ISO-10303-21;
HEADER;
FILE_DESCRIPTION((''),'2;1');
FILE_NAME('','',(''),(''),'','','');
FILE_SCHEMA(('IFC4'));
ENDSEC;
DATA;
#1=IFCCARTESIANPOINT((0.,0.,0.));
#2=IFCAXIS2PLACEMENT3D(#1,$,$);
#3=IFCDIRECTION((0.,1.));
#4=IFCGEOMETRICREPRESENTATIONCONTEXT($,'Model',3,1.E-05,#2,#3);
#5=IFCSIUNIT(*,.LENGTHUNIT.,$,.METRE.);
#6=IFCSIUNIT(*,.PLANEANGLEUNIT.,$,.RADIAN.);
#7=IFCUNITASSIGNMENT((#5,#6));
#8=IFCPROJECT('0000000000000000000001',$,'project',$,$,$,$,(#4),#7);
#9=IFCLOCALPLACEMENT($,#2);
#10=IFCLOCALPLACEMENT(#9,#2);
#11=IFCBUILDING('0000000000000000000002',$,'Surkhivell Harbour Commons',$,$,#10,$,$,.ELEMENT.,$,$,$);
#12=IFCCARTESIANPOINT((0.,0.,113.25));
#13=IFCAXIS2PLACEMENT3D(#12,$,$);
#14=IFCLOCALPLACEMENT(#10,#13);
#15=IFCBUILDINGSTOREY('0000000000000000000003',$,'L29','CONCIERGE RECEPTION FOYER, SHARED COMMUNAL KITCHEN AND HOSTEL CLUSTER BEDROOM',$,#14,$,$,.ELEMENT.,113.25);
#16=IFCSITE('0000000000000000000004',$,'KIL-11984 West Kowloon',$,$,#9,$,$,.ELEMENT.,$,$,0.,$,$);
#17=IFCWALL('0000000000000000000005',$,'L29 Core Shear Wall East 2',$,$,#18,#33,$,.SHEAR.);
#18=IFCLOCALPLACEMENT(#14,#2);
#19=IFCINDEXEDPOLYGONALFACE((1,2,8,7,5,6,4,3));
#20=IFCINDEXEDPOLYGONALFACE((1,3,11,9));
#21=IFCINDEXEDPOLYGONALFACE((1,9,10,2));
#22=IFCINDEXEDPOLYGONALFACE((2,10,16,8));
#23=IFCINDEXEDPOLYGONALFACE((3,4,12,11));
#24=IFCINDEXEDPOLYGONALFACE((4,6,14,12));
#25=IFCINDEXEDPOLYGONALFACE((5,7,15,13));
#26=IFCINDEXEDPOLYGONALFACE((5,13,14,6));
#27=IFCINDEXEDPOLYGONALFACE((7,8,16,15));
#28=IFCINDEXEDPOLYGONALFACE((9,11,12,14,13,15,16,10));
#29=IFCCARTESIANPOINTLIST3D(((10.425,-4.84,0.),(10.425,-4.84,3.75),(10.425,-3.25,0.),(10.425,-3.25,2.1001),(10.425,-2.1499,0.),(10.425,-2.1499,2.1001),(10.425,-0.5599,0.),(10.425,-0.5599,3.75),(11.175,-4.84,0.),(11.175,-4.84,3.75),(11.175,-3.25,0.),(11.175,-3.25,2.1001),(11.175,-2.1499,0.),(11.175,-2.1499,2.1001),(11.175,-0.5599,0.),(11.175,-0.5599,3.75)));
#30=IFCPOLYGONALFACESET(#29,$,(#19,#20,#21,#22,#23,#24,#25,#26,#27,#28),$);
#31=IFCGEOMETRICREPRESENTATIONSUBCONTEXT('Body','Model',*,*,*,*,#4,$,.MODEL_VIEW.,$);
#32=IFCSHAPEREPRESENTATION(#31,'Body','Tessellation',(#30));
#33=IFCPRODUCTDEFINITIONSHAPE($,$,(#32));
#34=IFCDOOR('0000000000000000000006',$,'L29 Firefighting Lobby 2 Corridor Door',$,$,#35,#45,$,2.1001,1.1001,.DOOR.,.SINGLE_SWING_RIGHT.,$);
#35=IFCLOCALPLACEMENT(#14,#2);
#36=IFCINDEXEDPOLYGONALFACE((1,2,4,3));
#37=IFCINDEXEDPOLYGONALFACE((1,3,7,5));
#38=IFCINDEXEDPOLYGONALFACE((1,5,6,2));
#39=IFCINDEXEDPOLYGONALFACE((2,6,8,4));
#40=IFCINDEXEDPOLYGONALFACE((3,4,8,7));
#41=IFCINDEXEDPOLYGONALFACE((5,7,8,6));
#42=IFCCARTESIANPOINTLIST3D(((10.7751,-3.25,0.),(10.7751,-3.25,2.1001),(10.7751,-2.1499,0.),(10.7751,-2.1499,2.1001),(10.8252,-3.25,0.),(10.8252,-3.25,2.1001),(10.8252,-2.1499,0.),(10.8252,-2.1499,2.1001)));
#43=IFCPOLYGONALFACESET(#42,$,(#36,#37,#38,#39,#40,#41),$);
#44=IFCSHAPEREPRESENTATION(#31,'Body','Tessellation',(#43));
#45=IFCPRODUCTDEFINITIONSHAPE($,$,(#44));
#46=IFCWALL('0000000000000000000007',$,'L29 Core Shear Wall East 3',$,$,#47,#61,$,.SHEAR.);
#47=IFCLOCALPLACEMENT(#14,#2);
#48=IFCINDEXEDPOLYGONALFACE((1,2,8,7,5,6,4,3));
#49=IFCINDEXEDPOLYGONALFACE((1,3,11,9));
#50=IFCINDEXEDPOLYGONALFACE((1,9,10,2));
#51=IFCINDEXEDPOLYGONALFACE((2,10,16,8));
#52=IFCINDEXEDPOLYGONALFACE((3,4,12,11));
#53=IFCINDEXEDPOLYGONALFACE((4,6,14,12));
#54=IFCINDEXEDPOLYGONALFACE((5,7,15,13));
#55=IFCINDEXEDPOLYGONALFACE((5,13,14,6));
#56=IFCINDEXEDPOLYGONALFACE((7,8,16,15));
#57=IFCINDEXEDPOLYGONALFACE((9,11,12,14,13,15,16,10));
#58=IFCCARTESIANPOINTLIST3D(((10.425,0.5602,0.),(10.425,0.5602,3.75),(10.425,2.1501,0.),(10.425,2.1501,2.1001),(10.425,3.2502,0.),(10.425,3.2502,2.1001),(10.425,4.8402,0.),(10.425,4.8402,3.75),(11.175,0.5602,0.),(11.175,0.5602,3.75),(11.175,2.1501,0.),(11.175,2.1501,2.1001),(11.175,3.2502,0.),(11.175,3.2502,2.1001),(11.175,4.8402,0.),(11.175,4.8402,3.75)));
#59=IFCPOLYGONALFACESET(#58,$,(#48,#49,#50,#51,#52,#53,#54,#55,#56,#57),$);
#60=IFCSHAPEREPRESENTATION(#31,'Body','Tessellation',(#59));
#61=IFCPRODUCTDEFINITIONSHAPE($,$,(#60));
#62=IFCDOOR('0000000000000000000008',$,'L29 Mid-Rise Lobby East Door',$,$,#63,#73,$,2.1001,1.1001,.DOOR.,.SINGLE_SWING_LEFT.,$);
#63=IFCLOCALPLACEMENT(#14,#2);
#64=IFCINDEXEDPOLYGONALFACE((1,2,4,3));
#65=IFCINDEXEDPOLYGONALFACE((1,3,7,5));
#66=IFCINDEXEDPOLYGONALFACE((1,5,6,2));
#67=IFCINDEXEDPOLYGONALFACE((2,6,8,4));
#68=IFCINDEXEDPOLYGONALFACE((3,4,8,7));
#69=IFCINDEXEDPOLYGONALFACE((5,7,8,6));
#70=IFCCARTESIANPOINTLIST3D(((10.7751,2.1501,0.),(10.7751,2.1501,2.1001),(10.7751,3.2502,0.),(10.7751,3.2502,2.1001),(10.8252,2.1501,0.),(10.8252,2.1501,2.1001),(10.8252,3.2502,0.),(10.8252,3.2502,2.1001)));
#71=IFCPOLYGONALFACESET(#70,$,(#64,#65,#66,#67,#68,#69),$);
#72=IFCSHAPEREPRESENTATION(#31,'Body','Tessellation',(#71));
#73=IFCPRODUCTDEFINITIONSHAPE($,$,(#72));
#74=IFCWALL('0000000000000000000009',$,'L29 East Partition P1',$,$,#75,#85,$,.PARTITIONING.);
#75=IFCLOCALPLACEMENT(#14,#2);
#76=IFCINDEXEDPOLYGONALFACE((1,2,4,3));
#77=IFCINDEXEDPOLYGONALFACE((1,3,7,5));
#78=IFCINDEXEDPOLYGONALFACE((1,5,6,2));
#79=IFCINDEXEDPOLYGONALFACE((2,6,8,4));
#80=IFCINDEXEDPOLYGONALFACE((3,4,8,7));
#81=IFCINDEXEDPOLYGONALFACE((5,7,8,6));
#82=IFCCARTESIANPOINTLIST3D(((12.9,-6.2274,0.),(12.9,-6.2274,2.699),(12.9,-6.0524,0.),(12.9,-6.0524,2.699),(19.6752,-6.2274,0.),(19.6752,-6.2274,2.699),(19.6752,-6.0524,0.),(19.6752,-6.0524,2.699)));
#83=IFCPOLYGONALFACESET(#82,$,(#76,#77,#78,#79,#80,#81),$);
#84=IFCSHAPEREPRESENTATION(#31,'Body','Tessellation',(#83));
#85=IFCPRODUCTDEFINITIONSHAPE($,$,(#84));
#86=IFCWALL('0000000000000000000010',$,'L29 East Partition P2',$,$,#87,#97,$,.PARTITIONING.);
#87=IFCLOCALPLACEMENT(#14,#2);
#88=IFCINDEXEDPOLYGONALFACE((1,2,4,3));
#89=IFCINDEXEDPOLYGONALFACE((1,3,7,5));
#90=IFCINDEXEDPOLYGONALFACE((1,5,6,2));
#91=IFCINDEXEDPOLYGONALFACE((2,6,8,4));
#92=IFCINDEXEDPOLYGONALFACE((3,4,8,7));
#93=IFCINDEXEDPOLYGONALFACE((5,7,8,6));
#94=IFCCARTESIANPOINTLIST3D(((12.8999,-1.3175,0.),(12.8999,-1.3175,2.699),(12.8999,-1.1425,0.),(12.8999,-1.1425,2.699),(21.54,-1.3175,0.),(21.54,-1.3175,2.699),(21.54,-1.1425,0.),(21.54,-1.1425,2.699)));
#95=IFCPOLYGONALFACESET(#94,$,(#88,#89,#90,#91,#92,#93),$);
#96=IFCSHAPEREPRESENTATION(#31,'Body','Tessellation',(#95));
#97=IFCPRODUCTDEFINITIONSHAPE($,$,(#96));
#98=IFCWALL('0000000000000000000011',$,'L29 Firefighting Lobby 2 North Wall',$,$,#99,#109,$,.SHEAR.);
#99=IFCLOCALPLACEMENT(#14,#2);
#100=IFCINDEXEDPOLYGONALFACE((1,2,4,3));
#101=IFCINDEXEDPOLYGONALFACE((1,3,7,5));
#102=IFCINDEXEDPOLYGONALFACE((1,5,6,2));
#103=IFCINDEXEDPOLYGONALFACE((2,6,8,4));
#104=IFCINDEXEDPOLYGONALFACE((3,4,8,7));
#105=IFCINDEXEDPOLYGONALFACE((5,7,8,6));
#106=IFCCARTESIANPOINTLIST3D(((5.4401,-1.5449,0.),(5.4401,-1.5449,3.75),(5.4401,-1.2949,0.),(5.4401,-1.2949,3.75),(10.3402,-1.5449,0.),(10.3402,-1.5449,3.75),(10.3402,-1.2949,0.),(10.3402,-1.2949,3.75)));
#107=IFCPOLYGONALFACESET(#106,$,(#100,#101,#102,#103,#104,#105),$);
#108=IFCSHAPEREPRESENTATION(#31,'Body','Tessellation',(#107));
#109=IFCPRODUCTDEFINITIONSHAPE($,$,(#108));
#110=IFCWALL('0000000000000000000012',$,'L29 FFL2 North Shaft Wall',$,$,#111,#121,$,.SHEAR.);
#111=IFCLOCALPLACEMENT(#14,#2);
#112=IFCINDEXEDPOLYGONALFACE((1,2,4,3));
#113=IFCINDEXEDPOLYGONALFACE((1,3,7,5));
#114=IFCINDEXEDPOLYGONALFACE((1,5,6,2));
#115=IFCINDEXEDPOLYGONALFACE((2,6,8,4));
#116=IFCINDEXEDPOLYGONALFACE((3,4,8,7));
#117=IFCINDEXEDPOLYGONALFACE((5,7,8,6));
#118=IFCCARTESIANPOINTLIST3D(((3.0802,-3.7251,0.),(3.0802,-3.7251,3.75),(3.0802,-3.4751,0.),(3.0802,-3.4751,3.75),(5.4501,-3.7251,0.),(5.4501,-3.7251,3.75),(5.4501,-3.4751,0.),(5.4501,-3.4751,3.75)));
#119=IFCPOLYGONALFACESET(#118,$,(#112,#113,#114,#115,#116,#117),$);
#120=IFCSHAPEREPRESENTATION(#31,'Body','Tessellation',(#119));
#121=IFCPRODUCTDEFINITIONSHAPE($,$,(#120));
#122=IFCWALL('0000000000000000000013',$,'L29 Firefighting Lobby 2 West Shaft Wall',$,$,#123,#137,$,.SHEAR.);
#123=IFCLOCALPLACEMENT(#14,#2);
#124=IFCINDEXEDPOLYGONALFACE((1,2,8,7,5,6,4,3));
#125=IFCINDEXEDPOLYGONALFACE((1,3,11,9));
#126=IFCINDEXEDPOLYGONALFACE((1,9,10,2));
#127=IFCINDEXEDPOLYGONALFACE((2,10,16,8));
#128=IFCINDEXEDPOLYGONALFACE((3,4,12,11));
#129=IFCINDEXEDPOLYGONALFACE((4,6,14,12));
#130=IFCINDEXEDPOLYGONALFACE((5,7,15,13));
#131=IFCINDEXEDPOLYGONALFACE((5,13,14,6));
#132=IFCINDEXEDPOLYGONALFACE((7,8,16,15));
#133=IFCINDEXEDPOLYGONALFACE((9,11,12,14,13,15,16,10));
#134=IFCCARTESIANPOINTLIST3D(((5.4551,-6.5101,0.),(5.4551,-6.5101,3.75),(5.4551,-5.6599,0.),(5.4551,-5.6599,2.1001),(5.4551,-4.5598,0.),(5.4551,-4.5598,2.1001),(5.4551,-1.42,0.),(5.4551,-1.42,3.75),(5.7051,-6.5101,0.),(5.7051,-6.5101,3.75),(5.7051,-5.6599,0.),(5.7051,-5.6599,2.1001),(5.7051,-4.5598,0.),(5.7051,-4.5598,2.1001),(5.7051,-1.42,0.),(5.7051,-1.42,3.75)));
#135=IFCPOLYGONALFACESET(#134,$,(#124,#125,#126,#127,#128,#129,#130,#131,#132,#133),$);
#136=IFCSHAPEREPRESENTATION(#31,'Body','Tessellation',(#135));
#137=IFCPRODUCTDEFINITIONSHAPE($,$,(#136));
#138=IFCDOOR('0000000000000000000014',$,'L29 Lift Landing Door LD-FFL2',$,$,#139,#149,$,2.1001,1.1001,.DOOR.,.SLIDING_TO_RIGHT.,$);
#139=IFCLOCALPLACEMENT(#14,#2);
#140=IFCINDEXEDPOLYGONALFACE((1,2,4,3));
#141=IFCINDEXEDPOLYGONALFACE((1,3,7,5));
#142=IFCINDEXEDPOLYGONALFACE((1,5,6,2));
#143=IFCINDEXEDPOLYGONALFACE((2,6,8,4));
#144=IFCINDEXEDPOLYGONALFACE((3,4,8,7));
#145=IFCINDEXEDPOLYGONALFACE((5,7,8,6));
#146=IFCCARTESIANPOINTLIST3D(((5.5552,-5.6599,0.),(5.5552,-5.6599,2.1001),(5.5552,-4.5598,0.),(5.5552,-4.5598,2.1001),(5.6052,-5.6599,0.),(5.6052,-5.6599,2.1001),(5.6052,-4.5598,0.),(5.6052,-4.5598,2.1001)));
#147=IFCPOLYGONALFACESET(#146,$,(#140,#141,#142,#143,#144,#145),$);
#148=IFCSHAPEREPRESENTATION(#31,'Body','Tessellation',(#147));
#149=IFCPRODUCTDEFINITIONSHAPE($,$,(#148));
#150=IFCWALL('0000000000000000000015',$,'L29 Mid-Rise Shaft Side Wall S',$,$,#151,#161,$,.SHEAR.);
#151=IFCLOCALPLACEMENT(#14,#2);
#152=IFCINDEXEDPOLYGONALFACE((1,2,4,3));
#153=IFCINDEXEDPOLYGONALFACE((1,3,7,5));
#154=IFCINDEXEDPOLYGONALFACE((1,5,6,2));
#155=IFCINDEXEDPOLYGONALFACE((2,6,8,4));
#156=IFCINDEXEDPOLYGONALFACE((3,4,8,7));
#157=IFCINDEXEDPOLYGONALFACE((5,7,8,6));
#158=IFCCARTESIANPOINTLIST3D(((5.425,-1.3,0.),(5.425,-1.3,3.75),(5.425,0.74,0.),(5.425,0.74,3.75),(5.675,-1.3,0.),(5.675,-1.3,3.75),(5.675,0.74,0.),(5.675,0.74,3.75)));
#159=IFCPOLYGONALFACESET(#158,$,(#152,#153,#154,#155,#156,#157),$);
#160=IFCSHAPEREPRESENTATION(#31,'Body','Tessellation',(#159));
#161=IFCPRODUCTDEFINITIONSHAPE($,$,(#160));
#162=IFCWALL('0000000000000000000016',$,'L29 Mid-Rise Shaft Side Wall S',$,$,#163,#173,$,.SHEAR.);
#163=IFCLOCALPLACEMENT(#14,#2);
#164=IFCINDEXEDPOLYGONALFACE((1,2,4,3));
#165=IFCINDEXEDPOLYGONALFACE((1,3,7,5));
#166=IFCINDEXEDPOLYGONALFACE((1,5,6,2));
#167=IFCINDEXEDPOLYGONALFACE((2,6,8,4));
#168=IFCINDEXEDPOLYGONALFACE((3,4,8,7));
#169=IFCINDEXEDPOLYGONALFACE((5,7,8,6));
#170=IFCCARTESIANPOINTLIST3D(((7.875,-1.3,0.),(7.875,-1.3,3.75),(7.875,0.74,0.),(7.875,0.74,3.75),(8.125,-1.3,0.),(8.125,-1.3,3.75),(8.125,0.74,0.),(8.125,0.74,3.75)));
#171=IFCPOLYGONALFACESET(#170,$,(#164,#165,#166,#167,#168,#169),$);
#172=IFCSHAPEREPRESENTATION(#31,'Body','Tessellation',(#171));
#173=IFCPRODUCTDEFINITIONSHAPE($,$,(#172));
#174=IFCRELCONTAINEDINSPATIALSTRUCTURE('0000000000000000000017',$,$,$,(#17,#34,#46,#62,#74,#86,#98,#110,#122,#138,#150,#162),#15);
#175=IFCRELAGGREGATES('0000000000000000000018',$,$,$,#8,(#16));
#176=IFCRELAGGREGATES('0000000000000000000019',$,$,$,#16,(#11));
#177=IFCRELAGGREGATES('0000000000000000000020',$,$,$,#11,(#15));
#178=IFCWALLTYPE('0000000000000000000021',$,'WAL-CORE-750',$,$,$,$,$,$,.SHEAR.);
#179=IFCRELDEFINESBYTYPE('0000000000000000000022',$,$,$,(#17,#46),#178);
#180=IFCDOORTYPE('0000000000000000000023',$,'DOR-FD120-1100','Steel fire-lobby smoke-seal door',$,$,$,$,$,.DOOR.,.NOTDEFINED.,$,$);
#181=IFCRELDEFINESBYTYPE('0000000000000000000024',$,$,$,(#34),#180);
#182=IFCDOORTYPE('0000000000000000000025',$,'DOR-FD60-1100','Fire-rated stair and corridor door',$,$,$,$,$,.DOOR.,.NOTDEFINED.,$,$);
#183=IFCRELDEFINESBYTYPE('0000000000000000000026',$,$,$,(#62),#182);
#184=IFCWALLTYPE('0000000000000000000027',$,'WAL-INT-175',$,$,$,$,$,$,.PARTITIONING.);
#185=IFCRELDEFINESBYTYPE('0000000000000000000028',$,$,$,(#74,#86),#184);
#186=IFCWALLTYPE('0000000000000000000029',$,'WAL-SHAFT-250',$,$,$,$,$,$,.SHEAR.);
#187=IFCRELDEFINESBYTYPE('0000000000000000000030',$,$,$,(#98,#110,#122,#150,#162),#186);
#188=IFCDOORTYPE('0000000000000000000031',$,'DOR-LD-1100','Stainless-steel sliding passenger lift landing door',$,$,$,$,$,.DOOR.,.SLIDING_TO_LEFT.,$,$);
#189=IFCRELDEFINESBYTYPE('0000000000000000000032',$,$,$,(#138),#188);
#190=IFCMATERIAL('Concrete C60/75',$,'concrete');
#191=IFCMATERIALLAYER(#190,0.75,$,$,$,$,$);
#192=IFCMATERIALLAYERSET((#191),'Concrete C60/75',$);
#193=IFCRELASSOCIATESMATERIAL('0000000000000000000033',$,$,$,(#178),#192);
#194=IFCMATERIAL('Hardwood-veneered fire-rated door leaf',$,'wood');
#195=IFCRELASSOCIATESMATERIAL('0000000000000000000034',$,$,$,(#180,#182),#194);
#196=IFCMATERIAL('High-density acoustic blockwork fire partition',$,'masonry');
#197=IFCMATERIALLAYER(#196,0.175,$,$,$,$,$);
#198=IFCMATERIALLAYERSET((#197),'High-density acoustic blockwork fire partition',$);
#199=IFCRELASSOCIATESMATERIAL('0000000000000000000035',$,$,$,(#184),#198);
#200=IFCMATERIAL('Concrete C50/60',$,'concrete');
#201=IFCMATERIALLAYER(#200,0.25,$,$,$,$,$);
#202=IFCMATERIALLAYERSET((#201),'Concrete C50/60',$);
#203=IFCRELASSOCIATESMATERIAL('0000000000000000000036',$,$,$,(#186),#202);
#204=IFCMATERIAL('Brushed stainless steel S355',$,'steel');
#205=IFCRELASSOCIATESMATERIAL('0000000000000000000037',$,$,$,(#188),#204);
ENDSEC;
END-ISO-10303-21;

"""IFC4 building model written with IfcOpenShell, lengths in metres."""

from ifc_helpers import new_model, si_unit, direction, frame, frame_2d, origin, place, context, subcontext, project, spatial, rectangle, extrude, material, layer, layer_set, type_object, element, fill, save


model = new_model("IFC4")

# Units and contexts
model_context = context("Model", 3, precision=1e-05, world=origin(), true_north=direction((0.0, 1.0)))
body_context = subcontext(model_context, "Body", "Model", "MODEL_VIEW")
ifc_project = project(units=[si_unit("LENGTHUNIT", "METRE"), si_unit("PLANEANGLEUNIT", "RADIAN")], contexts=[model_context])

# Site, building, storey
site_placement = place(None, origin())
site = spatial("IfcSite", under=ifc_project, at=site_placement, Name="KIL-11984 West Kowloon", CompositionType="ELEMENT", RefElevation=0.0)
building_placement = place(site_placement, origin())
building = spatial("IfcBuilding", under=site, at=building_placement, Name="Surkhivell Harbour Commons", CompositionType="ELEMENT")
storey_placement = place(building_placement, frame((0.0, 0.0, 113.25)))
storey = spatial("IfcBuildingStorey", under=building, at=storey_placement, Name="L29", Description="CONCIERGE RECEPTION FOYER, SHARED COMMUNAL KITCHEN AND HOSTEL CLUSTER BEDROOM", CompositionType="ELEMENT", Elevation=113.25)

# Shared definitions
ifc_material_1 = material(Name="Concrete C60/75", Category="concrete")

# Walls, openings, doors
ifc_layer_1 = layer(ifc_material_1, 0.75)
ifc_layer_set_1 = layer_set([ifc_layer_1], Name="Concrete C60/75")
wall_type_1 = type_object("IfcWallType", Name="WAL-CORE-750", PredefinedType="SHEAR", material=ifc_layer_set_1)
wall_1_placement = place(storey_placement, frame((10.8, -4.8401, 0.0), z_axis=(0.0, 0.0, 1.0), x_axis=(0.0, 1.0, 0.0)))
wall_1 = element("IfcWall", 1, at=wall_1_placement, inside=storey, type_object=wall_type_1, Name="L29 Core Shear Wall East 2", PredefinedType="SHEAR", context=body_context, shape_type="SweptSolid", body=[
    extrude(rectangle(XDim=4.28, YDim=0.75, at=frame_2d((2.1401, 0.0))), origin(), (0.0, 0.0, 1.0), 3.75),
])
opening_1_placement = place(wall_1_placement, frame((1.5901, 0.0, 0.0)))
opening_1 = element("IfcOpeningElement", 2, at=opening_1_placement, cuts=wall_1, PredefinedType="OPENING", context=body_context, shape_type="SweptSolid", body=[
    extrude(rectangle(XDim=1.1001, YDim=2.1001, at=frame_2d((0.55, 1.05))), frame((0.0, 0.385, 0.0), z_axis=(0.0, -1.0, 0.0), x_axis=(1.0, 0.0, 0.0)), (0.0, 0.0, 1.0), 0.77),
])
ifc_material_2 = material(Name="Hardwood-veneered fire-rated door leaf", Category="wood")
door_type_1 = type_object("IfcDoorType", Name="DOR-FD120-1100", Description="Steel fire-lobby smoke-seal door", OperationType="NOTDEFINED", PredefinedType="DOOR", material=ifc_material_2)
door_1_placement = place(opening_1_placement, origin())
door_1 = element("IfcDoor", 3, at=door_1_placement, inside=storey, type_object=door_type_1, Name="L29 Firefighting Lobby 2 Corridor Door", OperationType="SINGLE_SWING_RIGHT", OverallHeight=2.1001, OverallWidth=1.1001, PredefinedType="DOOR", context=body_context, shape_type="SweptSolid", body=[
    extrude(rectangle(XDim=1.1001, YDim=2.1001, at=frame_2d((0.55, 1.05))), frame((0.0, 0.0249, 0.0), z_axis=(0.0, -1.0, 0.0), x_axis=(1.0, 0.0, 0.0)), (0.0, 0.0, 1.0), 0.05),
])
fill(opening_1, door_1)
wall_2_placement = place(storey_placement, frame((10.8, 0.5601, 0.0), z_axis=(0.0, 0.0, 1.0), x_axis=(0.0, 1.0, 0.0)))
wall_2 = element("IfcWall", 4, at=wall_2_placement, inside=storey, type_object=wall_type_1, Name="L29 Core Shear Wall East 3", PredefinedType="SHEAR", context=body_context, shape_type="SweptSolid", body=[
    extrude(rectangle(XDim=4.28, YDim=0.75, at=frame_2d((2.1401, 0.0))), origin(), (0.0, 0.0, 1.0), 3.75),
])
opening_2_placement = place(wall_2_placement, frame((1.5901, 0.0, 0.0)))
opening_2 = element("IfcOpeningElement", 5, at=opening_2_placement, cuts=wall_2, PredefinedType="OPENING", context=body_context, shape_type="SweptSolid", body=[
    extrude(rectangle(XDim=1.1001, YDim=2.1001, at=frame_2d((0.55, 1.05))), frame((0.0, 0.385, 0.0), z_axis=(0.0, -1.0, 0.0), x_axis=(1.0, 0.0, 0.0)), (0.0, 0.0, 1.0), 0.77),
])
door_type_2 = type_object("IfcDoorType", Name="DOR-FD60-1100", Description="Fire-rated stair and corridor door", OperationType="NOTDEFINED", PredefinedType="DOOR", material=ifc_material_2)
door_2_placement = place(opening_2_placement, origin())
door_2 = element("IfcDoor", 6, at=door_2_placement, inside=storey, type_object=door_type_2, Name="L29 Mid-Rise Lobby East Door", OperationType="SINGLE_SWING_LEFT", OverallHeight=2.1001, OverallWidth=1.1001, PredefinedType="DOOR", context=body_context, shape_type="SweptSolid", body=[
    extrude(rectangle(XDim=1.1001, YDim=2.1001, at=frame_2d((0.55, 1.05))), frame((0.0, 0.0249, 0.0), z_axis=(0.0, -1.0, 0.0), x_axis=(1.0, 0.0, 0.0)), (0.0, 0.0, 1.0), 0.05),
])
fill(opening_2, door_2)

# Walls
ifc_material_3 = material(Name="High-density acoustic blockwork fire partition", Category="masonry")
ifc_layer_2 = layer(ifc_material_3, 0.175)
ifc_layer_set_2 = layer_set([ifc_layer_2], Name="High-density acoustic blockwork fire partition")
wall_type_2 = type_object("IfcWallType", Name="WAL-INT-175", PredefinedType="PARTITIONING", material=ifc_layer_set_2)
wall_3_placement = place(storey_placement, frame((12.8999, -6.1399, 0.0), z_axis=(0.0, 0.0, 1.0), x_axis=(1.0, 0.0, 0.0)))
element("IfcWall", 7, at=wall_3_placement, inside=storey, type_object=wall_type_2, Name="L29 East Partition P1", PredefinedType="PARTITIONING", context=body_context, shape_type="SweptSolid", body=[
    extrude(rectangle(XDim=6.7751, YDim=0.175, at=frame_2d((3.3877, 0.0))), origin(), (0.0, 0.0, 1.0), 2.699),
])
wall_4_placement = place(storey_placement, frame((12.8999, -1.23, 0.0), z_axis=(0.0, 0.0, 1.0), x_axis=(1.0, 0.0, 0.0)))
element("IfcWall", 8, at=wall_4_placement, inside=storey, type_object=wall_type_2, Name="L29 East Partition P2", PredefinedType="PARTITIONING", context=body_context, shape_type="SweptSolid", body=[
    extrude(rectangle(XDim=8.6401, YDim=0.175, at=frame_2d((4.3201, 0.0))), origin(), (0.0, 0.0, 1.0), 2.699),
])
ifc_material_4 = material(Name="Concrete C50/60", Category="concrete")
ifc_layer_3 = layer(ifc_material_4, 0.25)
ifc_layer_set_3 = layer_set([ifc_layer_3], Name="Concrete C50/60")
wall_type_3 = type_object("IfcWallType", Name="WAL-SHAFT-250", PredefinedType="SHEAR", material=ifc_layer_set_3)
wall_5_placement = place(storey_placement, frame((5.4399, -1.4199, 0.0), z_axis=(0.0, 0.0, 1.0), x_axis=(1.0, 0.0, 0.0)))
element("IfcWall", 9, at=wall_5_placement, inside=storey, type_object=wall_type_3, Name="L29 Firefighting Lobby 2 North Wall", PredefinedType="SHEAR", context=body_context, shape_type="SweptSolid", body=[
    extrude(rectangle(XDim=4.9001, YDim=0.25, at=frame_2d((2.4502, 0.0))), origin(), (0.0, 0.0, 1.0), 3.75),
])
wall_6_placement = place(storey_placement, frame((3.0801, -3.6001, 0.0), z_axis=(0.0, 0.0, 1.0), x_axis=(1.0, 0.0, 0.0)))
element("IfcWall", 10, at=wall_6_placement, inside=storey, type_object=wall_type_3, Name="L29 FFL2 North Shaft Wall", PredefinedType="SHEAR", context=body_context, shape_type="SweptSolid", body=[
    extrude(rectangle(XDim=2.3699, YDim=0.25, at=frame_2d((1.1851, 0.0))), origin(), (0.0, 0.0, 1.0), 3.75),
])

# Wall, opening, door
wall_7_placement = place(storey_placement, frame((5.5801, -6.51, 0.0), z_axis=(0.0, 0.0, 1.0), x_axis=(0.0, 1.0, 0.0)))
wall_7 = element("IfcWall", 11, at=wall_7_placement, inside=storey, type_object=wall_type_3, Name="L29 Firefighting Lobby 2 West Shaft Wall", PredefinedType="SHEAR", context=body_context, shape_type="SweptSolid", body=[
    extrude(rectangle(XDim=5.0901, YDim=0.25, at=frame_2d((2.5449, 0.0))), origin(), (0.0, 0.0, 1.0), 3.75),
])
opening_3_placement = place(wall_7_placement, frame((0.8501, 0.0, 0.0)))
opening_3 = element("IfcOpeningElement", 12, at=opening_3_placement, cuts=wall_7, PredefinedType="OPENING", context=body_context, shape_type="SweptSolid", body=[
    extrude(rectangle(XDim=1.1001, YDim=2.1001, at=frame_2d((0.55, 1.05))), frame((0.0, 0.135, 0.0), z_axis=(0.0, -1.0, 0.0), x_axis=(1.0, 0.0, 0.0)), (0.0, 0.0, 1.0), 0.27),
])
ifc_material_5 = material(Name="Brushed stainless steel S355", Category="steel")
door_type_3 = type_object("IfcDoorType", Name="DOR-LD-1100", Description="Stainless-steel sliding passenger lift landing door", OperationType="SLIDING_TO_LEFT", PredefinedType="DOOR", material=ifc_material_5)
door_3_placement = place(opening_3_placement, origin())
door_3 = element("IfcDoor", 13, at=door_3_placement, inside=storey, type_object=door_type_3, Name="L29 Lift Landing Door LD-FFL2", OperationType="SLIDING_TO_RIGHT", OverallHeight=2.1001, OverallWidth=1.1001, PredefinedType="DOOR", context=body_context, shape_type="SweptSolid", body=[
    extrude(rectangle(XDim=1.1001, YDim=2.1001, at=frame_2d((0.55, 1.05))), frame((0.0, 0.0249, 0.0), z_axis=(0.0, -1.0, 0.0), x_axis=(1.0, 0.0, 0.0)), (0.0, 0.0, 1.0), 0.05),
])
fill(opening_3, door_3)

# Walls
for number, where, z_axis, x_axis, name in (
    (14, (5.55, -1.3, 0.0), (0.0, 0.0, 1.0), (0.0, 1.0, 0.0), "L29 Mid-Rise Shaft Side Wall S"),
    (15, (8.0, -1.3, 0.0), (0.0, 0.0, 1.0), (0.0, 1.0, 0.0), "L29 Mid-Rise Shaft Side Wall S"),
):
    element("IfcWall", number, at=place(storey_placement, frame(where, z_axis=z_axis, x_axis=x_axis)), inside=storey, type_object=wall_type_3, Name=name, PredefinedType="SHEAR", context=body_context, shape_type="SweptSolid", body=[
        extrude(rectangle(XDim=2.04, YDim=0.25, at=frame_2d((1.02, 0.0))), origin(), (0.0, 0.0, 1.0), 3.75),
    ])

save(model, "model.ifc")
